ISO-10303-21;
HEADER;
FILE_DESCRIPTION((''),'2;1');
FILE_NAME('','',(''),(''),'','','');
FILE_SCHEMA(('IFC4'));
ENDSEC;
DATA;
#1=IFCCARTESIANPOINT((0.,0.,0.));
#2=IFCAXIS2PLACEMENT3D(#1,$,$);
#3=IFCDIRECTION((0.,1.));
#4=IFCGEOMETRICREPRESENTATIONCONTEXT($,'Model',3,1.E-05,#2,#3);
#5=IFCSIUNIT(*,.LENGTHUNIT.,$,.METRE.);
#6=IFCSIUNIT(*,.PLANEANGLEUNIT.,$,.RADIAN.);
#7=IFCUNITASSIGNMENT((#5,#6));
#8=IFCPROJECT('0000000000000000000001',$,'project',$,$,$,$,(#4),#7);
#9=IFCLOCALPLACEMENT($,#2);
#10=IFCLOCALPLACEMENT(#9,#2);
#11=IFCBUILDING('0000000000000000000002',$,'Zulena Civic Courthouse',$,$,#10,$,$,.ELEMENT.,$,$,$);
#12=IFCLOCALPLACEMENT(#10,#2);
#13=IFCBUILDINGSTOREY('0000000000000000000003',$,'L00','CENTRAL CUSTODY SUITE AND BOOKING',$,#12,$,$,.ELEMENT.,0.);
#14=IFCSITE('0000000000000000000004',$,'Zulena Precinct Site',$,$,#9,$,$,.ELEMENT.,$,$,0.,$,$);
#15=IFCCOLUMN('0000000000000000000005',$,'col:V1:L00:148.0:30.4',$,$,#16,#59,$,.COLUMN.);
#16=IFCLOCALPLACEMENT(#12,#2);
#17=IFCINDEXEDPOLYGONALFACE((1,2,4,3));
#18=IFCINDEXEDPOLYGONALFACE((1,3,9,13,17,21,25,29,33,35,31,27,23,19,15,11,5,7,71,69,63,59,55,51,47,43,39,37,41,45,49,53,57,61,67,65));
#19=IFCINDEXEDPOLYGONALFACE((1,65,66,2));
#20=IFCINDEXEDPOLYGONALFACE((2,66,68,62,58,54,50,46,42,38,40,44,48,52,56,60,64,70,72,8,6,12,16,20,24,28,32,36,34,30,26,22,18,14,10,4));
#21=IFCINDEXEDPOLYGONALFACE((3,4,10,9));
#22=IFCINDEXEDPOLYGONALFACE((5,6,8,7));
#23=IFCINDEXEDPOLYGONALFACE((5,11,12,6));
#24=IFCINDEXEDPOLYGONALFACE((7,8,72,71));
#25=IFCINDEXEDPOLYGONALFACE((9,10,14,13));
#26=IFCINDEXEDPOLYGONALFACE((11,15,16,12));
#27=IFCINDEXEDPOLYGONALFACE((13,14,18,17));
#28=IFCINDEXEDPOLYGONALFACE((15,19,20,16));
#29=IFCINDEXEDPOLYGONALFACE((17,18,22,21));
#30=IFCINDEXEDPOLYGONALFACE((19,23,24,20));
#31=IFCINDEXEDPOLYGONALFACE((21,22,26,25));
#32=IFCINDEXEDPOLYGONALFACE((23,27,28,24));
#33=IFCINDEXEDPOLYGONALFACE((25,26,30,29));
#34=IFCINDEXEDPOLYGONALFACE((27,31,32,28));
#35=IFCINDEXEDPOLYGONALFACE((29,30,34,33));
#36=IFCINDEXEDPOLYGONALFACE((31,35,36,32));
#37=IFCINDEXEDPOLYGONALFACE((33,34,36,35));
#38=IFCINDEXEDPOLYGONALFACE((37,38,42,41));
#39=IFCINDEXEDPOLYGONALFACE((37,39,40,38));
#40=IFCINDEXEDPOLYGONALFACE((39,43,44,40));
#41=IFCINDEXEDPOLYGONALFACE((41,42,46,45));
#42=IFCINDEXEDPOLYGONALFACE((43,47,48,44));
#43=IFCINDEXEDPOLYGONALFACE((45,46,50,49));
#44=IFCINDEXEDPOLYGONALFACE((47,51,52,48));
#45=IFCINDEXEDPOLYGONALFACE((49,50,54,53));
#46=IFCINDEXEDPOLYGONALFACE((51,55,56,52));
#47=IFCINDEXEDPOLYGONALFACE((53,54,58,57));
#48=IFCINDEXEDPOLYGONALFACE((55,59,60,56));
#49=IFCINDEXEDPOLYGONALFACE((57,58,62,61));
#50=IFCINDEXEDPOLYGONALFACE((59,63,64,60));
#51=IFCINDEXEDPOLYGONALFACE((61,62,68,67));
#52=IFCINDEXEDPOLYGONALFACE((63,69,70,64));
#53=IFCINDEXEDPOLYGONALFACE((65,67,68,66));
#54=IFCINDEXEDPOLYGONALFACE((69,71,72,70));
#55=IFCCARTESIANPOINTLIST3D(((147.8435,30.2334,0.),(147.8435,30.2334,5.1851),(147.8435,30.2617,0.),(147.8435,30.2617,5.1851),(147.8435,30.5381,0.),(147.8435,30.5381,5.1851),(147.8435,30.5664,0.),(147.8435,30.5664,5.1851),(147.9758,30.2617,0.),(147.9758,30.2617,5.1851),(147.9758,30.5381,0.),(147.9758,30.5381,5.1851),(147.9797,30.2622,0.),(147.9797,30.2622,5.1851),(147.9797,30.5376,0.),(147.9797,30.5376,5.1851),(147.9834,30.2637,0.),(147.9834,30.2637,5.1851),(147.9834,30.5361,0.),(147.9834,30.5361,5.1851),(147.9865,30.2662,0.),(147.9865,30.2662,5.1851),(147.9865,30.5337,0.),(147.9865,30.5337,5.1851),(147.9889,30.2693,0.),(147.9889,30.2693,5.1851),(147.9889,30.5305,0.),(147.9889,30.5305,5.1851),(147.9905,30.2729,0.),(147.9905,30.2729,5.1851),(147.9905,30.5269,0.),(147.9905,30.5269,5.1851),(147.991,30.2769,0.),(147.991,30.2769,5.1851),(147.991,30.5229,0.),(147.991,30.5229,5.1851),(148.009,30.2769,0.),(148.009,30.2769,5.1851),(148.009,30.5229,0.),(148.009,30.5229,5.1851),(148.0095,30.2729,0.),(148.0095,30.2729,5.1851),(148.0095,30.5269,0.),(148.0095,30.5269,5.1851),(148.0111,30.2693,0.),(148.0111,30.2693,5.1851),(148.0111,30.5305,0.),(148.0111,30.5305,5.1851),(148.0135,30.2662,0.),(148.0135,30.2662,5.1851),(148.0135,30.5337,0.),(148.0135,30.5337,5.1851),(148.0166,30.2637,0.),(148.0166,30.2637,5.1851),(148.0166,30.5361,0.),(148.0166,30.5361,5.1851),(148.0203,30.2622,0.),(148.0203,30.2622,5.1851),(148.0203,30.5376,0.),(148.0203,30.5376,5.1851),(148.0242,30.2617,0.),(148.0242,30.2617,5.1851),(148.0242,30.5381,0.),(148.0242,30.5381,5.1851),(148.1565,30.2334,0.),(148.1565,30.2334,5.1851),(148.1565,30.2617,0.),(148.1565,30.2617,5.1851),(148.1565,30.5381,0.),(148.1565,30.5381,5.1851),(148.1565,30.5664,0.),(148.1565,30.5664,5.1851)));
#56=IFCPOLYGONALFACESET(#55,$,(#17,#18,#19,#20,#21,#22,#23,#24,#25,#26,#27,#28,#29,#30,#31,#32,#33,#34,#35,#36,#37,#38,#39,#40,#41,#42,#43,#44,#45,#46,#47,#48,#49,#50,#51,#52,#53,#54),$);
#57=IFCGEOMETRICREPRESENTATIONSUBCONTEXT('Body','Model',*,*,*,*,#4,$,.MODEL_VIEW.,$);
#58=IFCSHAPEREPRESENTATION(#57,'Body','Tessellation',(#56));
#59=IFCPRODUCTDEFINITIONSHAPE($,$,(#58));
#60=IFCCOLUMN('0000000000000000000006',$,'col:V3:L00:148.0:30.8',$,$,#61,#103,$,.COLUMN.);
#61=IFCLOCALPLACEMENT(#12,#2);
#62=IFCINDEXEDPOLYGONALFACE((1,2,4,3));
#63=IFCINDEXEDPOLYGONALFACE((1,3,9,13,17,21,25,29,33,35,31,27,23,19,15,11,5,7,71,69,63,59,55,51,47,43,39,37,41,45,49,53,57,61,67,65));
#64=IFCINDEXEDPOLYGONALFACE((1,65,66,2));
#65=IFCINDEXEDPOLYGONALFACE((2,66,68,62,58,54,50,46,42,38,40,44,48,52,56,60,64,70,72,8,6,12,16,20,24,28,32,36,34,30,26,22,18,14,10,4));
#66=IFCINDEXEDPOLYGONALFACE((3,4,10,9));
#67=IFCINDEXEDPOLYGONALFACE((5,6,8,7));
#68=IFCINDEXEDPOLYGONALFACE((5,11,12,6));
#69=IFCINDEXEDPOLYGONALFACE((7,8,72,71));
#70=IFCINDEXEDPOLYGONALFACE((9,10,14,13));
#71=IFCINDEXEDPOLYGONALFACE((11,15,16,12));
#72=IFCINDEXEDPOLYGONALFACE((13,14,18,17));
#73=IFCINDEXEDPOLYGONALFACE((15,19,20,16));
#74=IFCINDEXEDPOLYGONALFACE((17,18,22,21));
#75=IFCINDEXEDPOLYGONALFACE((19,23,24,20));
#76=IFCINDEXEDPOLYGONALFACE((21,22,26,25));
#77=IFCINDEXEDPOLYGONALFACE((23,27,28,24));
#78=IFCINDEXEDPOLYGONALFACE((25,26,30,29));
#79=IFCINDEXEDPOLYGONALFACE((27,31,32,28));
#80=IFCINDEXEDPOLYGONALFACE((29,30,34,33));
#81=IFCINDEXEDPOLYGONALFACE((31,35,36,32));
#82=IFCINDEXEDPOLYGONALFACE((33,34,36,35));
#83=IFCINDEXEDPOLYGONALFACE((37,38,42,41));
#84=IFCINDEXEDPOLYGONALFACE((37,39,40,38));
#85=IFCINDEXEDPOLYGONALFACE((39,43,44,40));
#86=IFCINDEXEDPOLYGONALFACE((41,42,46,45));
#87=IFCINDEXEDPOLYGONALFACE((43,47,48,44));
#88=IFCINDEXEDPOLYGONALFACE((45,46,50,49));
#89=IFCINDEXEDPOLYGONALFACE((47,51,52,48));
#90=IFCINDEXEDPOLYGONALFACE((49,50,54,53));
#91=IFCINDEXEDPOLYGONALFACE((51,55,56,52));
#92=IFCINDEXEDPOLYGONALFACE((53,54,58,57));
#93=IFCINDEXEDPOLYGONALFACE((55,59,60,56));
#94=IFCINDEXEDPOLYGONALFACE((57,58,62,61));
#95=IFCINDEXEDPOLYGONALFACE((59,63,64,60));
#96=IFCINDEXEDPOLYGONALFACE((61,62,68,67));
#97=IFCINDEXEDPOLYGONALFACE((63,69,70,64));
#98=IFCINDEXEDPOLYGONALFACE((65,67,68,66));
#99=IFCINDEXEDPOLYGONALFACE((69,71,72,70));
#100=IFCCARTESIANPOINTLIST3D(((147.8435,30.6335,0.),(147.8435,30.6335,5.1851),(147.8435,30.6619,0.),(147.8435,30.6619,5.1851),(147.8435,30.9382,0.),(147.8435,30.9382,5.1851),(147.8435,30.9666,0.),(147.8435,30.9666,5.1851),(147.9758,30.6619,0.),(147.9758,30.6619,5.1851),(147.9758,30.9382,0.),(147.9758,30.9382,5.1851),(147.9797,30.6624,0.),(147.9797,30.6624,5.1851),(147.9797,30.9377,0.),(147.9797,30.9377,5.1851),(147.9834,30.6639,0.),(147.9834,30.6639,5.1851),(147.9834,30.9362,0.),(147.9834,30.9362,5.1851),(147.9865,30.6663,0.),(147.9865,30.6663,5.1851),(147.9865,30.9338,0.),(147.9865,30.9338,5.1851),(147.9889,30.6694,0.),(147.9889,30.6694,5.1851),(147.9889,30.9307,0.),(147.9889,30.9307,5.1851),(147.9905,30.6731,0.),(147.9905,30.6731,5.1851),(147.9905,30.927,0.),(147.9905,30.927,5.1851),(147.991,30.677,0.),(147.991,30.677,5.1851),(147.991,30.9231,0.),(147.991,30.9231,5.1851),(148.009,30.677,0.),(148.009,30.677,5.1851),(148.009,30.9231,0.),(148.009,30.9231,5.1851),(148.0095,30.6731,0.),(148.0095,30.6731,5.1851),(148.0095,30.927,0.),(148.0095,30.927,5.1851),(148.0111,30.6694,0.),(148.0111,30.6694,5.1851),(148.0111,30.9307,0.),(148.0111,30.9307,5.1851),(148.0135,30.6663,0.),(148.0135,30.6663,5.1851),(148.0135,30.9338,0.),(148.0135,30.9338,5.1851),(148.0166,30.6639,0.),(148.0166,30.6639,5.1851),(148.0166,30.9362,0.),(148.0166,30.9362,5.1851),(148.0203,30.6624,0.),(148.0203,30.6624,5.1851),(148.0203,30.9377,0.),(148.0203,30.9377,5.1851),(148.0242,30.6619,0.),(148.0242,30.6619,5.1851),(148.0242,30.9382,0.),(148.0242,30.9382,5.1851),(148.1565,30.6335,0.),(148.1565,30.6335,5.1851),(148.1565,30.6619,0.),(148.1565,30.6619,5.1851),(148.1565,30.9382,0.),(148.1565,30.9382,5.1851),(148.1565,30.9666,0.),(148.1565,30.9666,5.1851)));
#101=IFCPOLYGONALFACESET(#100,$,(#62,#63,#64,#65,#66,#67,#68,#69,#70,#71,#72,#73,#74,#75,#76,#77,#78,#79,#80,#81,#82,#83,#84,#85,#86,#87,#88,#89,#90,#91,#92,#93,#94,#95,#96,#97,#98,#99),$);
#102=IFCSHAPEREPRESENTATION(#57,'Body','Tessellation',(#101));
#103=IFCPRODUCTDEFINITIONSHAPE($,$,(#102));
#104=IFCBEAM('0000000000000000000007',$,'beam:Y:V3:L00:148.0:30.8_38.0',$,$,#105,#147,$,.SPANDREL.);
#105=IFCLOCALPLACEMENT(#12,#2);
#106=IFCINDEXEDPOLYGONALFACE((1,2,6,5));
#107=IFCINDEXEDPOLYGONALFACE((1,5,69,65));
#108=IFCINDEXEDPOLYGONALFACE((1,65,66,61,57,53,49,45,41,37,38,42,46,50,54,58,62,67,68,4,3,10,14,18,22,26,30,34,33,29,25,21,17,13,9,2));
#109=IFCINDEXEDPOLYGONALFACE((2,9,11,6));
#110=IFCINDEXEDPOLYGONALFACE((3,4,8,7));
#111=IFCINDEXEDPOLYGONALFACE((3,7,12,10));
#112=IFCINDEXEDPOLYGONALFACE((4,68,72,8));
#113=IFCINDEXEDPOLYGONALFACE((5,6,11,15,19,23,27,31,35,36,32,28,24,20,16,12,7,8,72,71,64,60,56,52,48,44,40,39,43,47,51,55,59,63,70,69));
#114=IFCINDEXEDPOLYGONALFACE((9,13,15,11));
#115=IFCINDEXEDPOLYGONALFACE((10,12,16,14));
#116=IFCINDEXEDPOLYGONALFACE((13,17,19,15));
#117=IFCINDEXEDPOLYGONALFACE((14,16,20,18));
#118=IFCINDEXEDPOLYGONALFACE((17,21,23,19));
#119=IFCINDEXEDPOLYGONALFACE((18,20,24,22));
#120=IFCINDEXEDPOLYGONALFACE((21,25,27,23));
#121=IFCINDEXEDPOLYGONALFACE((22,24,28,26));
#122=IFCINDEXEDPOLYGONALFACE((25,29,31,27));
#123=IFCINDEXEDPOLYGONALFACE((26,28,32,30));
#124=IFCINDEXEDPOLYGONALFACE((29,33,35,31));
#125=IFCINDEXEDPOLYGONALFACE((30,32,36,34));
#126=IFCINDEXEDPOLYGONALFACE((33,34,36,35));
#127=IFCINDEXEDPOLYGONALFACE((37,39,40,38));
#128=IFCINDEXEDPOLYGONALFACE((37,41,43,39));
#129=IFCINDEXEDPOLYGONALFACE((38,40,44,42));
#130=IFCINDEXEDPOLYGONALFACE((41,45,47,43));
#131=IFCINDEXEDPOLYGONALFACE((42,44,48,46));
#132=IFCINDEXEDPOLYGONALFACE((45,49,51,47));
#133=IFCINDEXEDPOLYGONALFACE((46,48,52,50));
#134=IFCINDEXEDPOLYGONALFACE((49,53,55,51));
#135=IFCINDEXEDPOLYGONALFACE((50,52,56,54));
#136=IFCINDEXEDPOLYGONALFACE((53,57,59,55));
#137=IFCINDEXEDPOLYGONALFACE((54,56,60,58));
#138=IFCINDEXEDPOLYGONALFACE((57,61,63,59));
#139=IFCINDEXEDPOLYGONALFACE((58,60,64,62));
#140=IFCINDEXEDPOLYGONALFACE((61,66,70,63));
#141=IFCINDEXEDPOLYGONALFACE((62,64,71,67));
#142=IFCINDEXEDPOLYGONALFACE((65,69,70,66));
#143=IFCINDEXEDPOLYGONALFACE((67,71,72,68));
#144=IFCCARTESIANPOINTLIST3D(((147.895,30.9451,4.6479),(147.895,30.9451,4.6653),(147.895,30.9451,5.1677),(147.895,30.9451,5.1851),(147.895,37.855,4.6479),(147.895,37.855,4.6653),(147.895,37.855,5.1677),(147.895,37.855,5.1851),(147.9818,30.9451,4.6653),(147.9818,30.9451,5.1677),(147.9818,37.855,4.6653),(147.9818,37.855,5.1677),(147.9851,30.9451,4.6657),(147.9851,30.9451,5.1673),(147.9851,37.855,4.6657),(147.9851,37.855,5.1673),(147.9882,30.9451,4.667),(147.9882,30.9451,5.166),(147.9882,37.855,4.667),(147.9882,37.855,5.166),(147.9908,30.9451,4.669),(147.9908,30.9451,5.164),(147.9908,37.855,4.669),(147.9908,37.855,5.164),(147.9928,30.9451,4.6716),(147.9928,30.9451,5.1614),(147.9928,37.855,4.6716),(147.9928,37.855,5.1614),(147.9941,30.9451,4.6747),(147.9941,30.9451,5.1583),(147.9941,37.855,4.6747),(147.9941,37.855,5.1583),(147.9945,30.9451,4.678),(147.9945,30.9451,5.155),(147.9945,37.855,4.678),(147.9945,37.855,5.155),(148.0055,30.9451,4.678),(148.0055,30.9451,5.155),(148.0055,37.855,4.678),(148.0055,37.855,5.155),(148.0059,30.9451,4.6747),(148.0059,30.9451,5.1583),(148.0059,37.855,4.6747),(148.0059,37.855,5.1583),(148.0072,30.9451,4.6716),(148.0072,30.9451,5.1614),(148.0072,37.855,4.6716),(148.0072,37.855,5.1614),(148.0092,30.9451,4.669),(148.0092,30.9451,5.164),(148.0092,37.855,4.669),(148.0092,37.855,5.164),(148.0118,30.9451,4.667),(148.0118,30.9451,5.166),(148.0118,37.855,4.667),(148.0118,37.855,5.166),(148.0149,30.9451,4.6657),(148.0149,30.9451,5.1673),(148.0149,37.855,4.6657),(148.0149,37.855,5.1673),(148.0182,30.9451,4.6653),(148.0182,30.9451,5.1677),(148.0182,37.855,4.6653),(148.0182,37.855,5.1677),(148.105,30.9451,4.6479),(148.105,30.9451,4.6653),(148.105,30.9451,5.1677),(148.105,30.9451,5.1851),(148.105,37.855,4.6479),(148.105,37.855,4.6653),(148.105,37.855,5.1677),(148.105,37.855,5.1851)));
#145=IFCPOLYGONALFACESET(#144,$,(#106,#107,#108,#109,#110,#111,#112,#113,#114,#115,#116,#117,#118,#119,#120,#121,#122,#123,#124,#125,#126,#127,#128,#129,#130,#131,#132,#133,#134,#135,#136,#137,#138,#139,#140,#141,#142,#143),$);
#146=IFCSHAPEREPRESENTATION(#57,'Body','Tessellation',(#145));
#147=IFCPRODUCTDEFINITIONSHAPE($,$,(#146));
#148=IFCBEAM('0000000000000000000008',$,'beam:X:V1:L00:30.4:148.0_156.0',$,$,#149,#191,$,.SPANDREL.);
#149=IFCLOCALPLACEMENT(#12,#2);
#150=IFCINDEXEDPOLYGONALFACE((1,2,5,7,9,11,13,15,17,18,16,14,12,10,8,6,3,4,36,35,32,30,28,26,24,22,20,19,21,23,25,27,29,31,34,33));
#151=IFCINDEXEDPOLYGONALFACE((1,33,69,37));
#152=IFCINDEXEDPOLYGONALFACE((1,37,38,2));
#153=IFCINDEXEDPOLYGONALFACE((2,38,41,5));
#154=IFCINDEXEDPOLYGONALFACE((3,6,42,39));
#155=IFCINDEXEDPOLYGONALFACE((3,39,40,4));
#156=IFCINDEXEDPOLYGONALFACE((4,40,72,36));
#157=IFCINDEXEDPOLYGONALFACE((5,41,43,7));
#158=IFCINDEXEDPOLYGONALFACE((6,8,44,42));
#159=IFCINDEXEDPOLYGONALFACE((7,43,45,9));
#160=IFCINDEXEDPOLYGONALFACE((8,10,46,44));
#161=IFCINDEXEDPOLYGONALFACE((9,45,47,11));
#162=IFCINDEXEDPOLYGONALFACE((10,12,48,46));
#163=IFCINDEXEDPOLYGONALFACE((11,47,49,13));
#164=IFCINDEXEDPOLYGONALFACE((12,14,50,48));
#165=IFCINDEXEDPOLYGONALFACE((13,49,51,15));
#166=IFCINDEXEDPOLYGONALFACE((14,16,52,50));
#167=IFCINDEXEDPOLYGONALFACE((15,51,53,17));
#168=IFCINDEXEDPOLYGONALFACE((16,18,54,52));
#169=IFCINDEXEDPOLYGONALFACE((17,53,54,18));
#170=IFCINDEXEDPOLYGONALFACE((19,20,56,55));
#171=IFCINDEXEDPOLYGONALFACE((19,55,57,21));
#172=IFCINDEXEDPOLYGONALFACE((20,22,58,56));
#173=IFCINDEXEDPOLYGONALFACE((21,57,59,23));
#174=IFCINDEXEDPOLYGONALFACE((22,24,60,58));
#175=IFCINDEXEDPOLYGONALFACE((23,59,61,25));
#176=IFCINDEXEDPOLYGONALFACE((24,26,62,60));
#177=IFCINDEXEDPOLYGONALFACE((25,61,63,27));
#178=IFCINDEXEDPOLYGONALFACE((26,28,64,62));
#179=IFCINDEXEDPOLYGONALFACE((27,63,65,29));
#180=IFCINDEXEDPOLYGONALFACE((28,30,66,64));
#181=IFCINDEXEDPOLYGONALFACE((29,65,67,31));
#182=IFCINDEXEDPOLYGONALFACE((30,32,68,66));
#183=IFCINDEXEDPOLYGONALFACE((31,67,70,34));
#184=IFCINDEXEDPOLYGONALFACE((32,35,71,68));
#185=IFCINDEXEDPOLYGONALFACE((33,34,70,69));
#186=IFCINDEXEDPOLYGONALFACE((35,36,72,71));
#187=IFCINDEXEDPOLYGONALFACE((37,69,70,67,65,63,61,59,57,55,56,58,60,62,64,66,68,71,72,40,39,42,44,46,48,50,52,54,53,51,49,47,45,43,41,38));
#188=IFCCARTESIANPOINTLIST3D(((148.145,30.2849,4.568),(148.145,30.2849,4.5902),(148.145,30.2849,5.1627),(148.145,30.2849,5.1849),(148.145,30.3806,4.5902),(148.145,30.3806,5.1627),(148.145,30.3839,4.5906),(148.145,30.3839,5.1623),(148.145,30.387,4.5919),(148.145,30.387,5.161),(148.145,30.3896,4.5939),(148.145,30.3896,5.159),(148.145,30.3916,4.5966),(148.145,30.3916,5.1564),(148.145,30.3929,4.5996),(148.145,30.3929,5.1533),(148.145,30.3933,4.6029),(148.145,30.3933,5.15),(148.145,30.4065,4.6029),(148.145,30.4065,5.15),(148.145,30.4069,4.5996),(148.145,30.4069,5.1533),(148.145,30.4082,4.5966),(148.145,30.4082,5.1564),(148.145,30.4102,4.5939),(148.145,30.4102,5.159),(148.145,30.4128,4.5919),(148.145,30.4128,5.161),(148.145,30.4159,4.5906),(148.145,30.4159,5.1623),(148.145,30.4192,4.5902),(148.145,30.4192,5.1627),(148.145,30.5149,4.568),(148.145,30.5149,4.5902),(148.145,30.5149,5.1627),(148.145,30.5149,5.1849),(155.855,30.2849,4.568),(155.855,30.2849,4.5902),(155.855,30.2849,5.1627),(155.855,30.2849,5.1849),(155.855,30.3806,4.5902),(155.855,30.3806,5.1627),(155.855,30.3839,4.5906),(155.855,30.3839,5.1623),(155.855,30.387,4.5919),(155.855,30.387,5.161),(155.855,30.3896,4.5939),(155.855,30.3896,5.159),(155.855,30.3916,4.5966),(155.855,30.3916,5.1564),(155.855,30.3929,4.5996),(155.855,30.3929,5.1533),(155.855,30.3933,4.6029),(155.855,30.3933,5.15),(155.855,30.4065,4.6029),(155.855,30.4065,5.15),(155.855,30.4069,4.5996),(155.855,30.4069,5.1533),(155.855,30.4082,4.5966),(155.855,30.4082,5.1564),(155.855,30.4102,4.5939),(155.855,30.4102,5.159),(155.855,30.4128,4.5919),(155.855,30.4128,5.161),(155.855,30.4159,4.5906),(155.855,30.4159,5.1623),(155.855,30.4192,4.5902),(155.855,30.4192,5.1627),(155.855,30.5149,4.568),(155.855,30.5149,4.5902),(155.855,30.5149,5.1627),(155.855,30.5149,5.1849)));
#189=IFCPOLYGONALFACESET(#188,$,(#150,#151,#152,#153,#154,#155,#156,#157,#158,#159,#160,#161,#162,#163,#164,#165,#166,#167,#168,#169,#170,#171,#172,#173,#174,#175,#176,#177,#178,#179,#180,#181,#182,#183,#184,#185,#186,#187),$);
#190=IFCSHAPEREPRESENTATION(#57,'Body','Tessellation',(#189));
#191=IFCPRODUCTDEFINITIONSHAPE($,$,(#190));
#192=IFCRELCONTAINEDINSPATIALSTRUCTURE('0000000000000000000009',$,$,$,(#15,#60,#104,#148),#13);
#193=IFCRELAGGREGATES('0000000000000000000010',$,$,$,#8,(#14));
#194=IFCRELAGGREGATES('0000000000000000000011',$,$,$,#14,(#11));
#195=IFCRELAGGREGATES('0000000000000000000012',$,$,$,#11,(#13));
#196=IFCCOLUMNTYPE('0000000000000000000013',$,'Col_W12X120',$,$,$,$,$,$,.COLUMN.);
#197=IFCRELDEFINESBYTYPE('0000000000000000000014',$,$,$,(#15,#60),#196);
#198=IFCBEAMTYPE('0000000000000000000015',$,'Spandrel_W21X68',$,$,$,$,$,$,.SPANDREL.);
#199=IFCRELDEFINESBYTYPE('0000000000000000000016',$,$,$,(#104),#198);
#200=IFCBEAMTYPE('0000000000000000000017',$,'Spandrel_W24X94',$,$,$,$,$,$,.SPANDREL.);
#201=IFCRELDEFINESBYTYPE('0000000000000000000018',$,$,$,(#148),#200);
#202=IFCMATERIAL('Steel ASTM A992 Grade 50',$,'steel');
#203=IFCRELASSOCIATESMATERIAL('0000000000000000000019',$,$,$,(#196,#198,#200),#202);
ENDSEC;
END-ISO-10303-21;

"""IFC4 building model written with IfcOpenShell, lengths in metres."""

from ifc_helpers import new_model, si_unit, direction, frame, origin, origin_2d, place, context, subcontext, project, spatial, i_section, extrude, material, material_profile, profile_set, type_object, element, save


model = new_model("IFC4")

# Units and contexts
model_context = context("Model", 3, precision=1e-05, world=origin(), true_north=direction((0.0, 1.0)))
body_context = subcontext(model_context, "Body", "Model", "MODEL_VIEW")
ifc_project = project(units=[si_unit("LENGTHUNIT", "METRE"), si_unit("PLANEANGLEUNIT", "RADIAN")], contexts=[model_context])

# Site, building, storey
site_placement = place(None, origin())
site = spatial("IfcSite", under=ifc_project, at=site_placement, Name="Zulena Precinct Site", CompositionType="ELEMENT", RefElevation=0.0)
building_placement = place(site_placement, origin())
building = spatial("IfcBuilding", under=site, at=building_placement, Name="Zulena Civic Courthouse", CompositionType="ELEMENT")
storey_placement = place(building_placement, origin())
storey = spatial("IfcBuildingStorey", under=building, at=storey_placement, Name="L00", Description="CENTRAL CUSTODY SUITE AND BOOKING", CompositionType="ELEMENT", Elevation=0.0)

# Columns
ifc_material_1 = material(Name="Steel ASTM A992 Grade 50", Category="steel")
ifc_material_profile_1 = material_profile(ifc_material_1, i_section(OverallWidth=0.313, OverallDepth=0.333, WebThickness=0.0181, FlangeThickness=0.0283, FilletRadius=0.0151, at=origin_2d()), Name="W12X120")
ifc_profile_set_1 = profile_set([ifc_material_profile_1], Name="Steel ASTM A992 Grade 50")
column_type = type_object("IfcColumnType", Name="Col_W12X120", PredefinedType="COLUMN", material=ifc_profile_set_1)
for number, where, z_axis, x_axis, name in (
    (1, (148.0, 30.3999, 0.0), (0.0, 0.0, 1.0), (1.0, 0.0, 0.0), "col:V1:L00:148.0:30.4"),
    (2, (148.0, 30.8, 0.0), (0.0, 0.0, 1.0), (1.0, 0.0, 0.0), "col:V3:L00:148.0:30.8"),
):
    element("IfcColumn", number, at=place(storey_placement, frame(where, z_axis=z_axis, x_axis=x_axis)), inside=storey, type_object=column_type, Name=name, PredefinedType="COLUMN", context=body_context, shape_type="SweptSolid", body=[
        extrude(i_section(OverallWidth=0.313, OverallDepth=0.333, WebThickness=0.0181, FlangeThickness=0.0283, FilletRadius=0.0151, at=origin_2d()), origin(), (0.0, 0.0, 1.0), 5.1851),
    ])

# Beams
ifc_material_profile_2 = material_profile(ifc_material_1, i_section(OverallWidth=0.21, OverallDepth=0.5371, WebThickness=0.011, FlangeThickness=0.0173, FilletRadius=0.0127, at=origin_2d()), Name="W21X68")
ifc_profile_set_2 = profile_set([ifc_material_profile_2], Name="Steel ASTM A992 Grade 50")
beam_type_1 = type_object("IfcBeamType", Name="Spandrel_W21X68", PredefinedType="SPANDREL", material=ifc_profile_set_2)
beam_placement = place(storey_placement, frame((148.0, 30.9451, 4.9165), z_axis=(0.0, 1.0, 0.0), x_axis=(-1.0, 0.0, 0.0)))
element("IfcBeam", 3, at=beam_placement, inside=storey, type_object=beam_type_1, Name="beam:Y:V3:L00:148.0:30.8_38.0", PredefinedType="SPANDREL", context=body_context, shape_type="SweptSolid", body=[
    extrude(i_section(OverallWidth=0.21, OverallDepth=0.5371, WebThickness=0.011, FlangeThickness=0.0173, FilletRadius=0.0127, at=origin_2d()), origin(), (0.0, 0.0, 1.0), 6.9099),
])
ifc_material_profile_3 = material_profile(ifc_material_1, i_section(OverallWidth=0.23, OverallDepth=0.6169, WebThickness=0.0132, FlangeThickness=0.0222, FilletRadius=0.0127, at=origin_2d()), Name="W24X94")
ifc_profile_set_3 = profile_set([ifc_material_profile_3], Name="Steel ASTM A992 Grade 50")
beam_type_2 = type_object("IfcBeamType", Name="Spandrel_W24X94", PredefinedType="SPANDREL", material=ifc_profile_set_3)
for number, where, z_axis, x_axis, name in (
    (4, (148.145, 30.3999, 4.8765), (1.0, 0.0, 0.0), (0.0, 1.0, 0.0), "beam:X:V1:L00:30.4:148.0_156.0"),
):
    element("IfcBeam", number, at=place(storey_placement, frame(where, z_axis=z_axis, x_axis=x_axis)), inside=storey, type_object=beam_type_2, Name=name, PredefinedType="SPANDREL", context=body_context, shape_type="SweptSolid", body=[
        extrude(i_section(OverallWidth=0.23, OverallDepth=0.6169, WebThickness=0.0132, FlangeThickness=0.0222, FilletRadius=0.0127, at=origin_2d()), origin(), (0.0, 0.0, 1.0), 7.71),
    ])

save(model, "model.ifc")
